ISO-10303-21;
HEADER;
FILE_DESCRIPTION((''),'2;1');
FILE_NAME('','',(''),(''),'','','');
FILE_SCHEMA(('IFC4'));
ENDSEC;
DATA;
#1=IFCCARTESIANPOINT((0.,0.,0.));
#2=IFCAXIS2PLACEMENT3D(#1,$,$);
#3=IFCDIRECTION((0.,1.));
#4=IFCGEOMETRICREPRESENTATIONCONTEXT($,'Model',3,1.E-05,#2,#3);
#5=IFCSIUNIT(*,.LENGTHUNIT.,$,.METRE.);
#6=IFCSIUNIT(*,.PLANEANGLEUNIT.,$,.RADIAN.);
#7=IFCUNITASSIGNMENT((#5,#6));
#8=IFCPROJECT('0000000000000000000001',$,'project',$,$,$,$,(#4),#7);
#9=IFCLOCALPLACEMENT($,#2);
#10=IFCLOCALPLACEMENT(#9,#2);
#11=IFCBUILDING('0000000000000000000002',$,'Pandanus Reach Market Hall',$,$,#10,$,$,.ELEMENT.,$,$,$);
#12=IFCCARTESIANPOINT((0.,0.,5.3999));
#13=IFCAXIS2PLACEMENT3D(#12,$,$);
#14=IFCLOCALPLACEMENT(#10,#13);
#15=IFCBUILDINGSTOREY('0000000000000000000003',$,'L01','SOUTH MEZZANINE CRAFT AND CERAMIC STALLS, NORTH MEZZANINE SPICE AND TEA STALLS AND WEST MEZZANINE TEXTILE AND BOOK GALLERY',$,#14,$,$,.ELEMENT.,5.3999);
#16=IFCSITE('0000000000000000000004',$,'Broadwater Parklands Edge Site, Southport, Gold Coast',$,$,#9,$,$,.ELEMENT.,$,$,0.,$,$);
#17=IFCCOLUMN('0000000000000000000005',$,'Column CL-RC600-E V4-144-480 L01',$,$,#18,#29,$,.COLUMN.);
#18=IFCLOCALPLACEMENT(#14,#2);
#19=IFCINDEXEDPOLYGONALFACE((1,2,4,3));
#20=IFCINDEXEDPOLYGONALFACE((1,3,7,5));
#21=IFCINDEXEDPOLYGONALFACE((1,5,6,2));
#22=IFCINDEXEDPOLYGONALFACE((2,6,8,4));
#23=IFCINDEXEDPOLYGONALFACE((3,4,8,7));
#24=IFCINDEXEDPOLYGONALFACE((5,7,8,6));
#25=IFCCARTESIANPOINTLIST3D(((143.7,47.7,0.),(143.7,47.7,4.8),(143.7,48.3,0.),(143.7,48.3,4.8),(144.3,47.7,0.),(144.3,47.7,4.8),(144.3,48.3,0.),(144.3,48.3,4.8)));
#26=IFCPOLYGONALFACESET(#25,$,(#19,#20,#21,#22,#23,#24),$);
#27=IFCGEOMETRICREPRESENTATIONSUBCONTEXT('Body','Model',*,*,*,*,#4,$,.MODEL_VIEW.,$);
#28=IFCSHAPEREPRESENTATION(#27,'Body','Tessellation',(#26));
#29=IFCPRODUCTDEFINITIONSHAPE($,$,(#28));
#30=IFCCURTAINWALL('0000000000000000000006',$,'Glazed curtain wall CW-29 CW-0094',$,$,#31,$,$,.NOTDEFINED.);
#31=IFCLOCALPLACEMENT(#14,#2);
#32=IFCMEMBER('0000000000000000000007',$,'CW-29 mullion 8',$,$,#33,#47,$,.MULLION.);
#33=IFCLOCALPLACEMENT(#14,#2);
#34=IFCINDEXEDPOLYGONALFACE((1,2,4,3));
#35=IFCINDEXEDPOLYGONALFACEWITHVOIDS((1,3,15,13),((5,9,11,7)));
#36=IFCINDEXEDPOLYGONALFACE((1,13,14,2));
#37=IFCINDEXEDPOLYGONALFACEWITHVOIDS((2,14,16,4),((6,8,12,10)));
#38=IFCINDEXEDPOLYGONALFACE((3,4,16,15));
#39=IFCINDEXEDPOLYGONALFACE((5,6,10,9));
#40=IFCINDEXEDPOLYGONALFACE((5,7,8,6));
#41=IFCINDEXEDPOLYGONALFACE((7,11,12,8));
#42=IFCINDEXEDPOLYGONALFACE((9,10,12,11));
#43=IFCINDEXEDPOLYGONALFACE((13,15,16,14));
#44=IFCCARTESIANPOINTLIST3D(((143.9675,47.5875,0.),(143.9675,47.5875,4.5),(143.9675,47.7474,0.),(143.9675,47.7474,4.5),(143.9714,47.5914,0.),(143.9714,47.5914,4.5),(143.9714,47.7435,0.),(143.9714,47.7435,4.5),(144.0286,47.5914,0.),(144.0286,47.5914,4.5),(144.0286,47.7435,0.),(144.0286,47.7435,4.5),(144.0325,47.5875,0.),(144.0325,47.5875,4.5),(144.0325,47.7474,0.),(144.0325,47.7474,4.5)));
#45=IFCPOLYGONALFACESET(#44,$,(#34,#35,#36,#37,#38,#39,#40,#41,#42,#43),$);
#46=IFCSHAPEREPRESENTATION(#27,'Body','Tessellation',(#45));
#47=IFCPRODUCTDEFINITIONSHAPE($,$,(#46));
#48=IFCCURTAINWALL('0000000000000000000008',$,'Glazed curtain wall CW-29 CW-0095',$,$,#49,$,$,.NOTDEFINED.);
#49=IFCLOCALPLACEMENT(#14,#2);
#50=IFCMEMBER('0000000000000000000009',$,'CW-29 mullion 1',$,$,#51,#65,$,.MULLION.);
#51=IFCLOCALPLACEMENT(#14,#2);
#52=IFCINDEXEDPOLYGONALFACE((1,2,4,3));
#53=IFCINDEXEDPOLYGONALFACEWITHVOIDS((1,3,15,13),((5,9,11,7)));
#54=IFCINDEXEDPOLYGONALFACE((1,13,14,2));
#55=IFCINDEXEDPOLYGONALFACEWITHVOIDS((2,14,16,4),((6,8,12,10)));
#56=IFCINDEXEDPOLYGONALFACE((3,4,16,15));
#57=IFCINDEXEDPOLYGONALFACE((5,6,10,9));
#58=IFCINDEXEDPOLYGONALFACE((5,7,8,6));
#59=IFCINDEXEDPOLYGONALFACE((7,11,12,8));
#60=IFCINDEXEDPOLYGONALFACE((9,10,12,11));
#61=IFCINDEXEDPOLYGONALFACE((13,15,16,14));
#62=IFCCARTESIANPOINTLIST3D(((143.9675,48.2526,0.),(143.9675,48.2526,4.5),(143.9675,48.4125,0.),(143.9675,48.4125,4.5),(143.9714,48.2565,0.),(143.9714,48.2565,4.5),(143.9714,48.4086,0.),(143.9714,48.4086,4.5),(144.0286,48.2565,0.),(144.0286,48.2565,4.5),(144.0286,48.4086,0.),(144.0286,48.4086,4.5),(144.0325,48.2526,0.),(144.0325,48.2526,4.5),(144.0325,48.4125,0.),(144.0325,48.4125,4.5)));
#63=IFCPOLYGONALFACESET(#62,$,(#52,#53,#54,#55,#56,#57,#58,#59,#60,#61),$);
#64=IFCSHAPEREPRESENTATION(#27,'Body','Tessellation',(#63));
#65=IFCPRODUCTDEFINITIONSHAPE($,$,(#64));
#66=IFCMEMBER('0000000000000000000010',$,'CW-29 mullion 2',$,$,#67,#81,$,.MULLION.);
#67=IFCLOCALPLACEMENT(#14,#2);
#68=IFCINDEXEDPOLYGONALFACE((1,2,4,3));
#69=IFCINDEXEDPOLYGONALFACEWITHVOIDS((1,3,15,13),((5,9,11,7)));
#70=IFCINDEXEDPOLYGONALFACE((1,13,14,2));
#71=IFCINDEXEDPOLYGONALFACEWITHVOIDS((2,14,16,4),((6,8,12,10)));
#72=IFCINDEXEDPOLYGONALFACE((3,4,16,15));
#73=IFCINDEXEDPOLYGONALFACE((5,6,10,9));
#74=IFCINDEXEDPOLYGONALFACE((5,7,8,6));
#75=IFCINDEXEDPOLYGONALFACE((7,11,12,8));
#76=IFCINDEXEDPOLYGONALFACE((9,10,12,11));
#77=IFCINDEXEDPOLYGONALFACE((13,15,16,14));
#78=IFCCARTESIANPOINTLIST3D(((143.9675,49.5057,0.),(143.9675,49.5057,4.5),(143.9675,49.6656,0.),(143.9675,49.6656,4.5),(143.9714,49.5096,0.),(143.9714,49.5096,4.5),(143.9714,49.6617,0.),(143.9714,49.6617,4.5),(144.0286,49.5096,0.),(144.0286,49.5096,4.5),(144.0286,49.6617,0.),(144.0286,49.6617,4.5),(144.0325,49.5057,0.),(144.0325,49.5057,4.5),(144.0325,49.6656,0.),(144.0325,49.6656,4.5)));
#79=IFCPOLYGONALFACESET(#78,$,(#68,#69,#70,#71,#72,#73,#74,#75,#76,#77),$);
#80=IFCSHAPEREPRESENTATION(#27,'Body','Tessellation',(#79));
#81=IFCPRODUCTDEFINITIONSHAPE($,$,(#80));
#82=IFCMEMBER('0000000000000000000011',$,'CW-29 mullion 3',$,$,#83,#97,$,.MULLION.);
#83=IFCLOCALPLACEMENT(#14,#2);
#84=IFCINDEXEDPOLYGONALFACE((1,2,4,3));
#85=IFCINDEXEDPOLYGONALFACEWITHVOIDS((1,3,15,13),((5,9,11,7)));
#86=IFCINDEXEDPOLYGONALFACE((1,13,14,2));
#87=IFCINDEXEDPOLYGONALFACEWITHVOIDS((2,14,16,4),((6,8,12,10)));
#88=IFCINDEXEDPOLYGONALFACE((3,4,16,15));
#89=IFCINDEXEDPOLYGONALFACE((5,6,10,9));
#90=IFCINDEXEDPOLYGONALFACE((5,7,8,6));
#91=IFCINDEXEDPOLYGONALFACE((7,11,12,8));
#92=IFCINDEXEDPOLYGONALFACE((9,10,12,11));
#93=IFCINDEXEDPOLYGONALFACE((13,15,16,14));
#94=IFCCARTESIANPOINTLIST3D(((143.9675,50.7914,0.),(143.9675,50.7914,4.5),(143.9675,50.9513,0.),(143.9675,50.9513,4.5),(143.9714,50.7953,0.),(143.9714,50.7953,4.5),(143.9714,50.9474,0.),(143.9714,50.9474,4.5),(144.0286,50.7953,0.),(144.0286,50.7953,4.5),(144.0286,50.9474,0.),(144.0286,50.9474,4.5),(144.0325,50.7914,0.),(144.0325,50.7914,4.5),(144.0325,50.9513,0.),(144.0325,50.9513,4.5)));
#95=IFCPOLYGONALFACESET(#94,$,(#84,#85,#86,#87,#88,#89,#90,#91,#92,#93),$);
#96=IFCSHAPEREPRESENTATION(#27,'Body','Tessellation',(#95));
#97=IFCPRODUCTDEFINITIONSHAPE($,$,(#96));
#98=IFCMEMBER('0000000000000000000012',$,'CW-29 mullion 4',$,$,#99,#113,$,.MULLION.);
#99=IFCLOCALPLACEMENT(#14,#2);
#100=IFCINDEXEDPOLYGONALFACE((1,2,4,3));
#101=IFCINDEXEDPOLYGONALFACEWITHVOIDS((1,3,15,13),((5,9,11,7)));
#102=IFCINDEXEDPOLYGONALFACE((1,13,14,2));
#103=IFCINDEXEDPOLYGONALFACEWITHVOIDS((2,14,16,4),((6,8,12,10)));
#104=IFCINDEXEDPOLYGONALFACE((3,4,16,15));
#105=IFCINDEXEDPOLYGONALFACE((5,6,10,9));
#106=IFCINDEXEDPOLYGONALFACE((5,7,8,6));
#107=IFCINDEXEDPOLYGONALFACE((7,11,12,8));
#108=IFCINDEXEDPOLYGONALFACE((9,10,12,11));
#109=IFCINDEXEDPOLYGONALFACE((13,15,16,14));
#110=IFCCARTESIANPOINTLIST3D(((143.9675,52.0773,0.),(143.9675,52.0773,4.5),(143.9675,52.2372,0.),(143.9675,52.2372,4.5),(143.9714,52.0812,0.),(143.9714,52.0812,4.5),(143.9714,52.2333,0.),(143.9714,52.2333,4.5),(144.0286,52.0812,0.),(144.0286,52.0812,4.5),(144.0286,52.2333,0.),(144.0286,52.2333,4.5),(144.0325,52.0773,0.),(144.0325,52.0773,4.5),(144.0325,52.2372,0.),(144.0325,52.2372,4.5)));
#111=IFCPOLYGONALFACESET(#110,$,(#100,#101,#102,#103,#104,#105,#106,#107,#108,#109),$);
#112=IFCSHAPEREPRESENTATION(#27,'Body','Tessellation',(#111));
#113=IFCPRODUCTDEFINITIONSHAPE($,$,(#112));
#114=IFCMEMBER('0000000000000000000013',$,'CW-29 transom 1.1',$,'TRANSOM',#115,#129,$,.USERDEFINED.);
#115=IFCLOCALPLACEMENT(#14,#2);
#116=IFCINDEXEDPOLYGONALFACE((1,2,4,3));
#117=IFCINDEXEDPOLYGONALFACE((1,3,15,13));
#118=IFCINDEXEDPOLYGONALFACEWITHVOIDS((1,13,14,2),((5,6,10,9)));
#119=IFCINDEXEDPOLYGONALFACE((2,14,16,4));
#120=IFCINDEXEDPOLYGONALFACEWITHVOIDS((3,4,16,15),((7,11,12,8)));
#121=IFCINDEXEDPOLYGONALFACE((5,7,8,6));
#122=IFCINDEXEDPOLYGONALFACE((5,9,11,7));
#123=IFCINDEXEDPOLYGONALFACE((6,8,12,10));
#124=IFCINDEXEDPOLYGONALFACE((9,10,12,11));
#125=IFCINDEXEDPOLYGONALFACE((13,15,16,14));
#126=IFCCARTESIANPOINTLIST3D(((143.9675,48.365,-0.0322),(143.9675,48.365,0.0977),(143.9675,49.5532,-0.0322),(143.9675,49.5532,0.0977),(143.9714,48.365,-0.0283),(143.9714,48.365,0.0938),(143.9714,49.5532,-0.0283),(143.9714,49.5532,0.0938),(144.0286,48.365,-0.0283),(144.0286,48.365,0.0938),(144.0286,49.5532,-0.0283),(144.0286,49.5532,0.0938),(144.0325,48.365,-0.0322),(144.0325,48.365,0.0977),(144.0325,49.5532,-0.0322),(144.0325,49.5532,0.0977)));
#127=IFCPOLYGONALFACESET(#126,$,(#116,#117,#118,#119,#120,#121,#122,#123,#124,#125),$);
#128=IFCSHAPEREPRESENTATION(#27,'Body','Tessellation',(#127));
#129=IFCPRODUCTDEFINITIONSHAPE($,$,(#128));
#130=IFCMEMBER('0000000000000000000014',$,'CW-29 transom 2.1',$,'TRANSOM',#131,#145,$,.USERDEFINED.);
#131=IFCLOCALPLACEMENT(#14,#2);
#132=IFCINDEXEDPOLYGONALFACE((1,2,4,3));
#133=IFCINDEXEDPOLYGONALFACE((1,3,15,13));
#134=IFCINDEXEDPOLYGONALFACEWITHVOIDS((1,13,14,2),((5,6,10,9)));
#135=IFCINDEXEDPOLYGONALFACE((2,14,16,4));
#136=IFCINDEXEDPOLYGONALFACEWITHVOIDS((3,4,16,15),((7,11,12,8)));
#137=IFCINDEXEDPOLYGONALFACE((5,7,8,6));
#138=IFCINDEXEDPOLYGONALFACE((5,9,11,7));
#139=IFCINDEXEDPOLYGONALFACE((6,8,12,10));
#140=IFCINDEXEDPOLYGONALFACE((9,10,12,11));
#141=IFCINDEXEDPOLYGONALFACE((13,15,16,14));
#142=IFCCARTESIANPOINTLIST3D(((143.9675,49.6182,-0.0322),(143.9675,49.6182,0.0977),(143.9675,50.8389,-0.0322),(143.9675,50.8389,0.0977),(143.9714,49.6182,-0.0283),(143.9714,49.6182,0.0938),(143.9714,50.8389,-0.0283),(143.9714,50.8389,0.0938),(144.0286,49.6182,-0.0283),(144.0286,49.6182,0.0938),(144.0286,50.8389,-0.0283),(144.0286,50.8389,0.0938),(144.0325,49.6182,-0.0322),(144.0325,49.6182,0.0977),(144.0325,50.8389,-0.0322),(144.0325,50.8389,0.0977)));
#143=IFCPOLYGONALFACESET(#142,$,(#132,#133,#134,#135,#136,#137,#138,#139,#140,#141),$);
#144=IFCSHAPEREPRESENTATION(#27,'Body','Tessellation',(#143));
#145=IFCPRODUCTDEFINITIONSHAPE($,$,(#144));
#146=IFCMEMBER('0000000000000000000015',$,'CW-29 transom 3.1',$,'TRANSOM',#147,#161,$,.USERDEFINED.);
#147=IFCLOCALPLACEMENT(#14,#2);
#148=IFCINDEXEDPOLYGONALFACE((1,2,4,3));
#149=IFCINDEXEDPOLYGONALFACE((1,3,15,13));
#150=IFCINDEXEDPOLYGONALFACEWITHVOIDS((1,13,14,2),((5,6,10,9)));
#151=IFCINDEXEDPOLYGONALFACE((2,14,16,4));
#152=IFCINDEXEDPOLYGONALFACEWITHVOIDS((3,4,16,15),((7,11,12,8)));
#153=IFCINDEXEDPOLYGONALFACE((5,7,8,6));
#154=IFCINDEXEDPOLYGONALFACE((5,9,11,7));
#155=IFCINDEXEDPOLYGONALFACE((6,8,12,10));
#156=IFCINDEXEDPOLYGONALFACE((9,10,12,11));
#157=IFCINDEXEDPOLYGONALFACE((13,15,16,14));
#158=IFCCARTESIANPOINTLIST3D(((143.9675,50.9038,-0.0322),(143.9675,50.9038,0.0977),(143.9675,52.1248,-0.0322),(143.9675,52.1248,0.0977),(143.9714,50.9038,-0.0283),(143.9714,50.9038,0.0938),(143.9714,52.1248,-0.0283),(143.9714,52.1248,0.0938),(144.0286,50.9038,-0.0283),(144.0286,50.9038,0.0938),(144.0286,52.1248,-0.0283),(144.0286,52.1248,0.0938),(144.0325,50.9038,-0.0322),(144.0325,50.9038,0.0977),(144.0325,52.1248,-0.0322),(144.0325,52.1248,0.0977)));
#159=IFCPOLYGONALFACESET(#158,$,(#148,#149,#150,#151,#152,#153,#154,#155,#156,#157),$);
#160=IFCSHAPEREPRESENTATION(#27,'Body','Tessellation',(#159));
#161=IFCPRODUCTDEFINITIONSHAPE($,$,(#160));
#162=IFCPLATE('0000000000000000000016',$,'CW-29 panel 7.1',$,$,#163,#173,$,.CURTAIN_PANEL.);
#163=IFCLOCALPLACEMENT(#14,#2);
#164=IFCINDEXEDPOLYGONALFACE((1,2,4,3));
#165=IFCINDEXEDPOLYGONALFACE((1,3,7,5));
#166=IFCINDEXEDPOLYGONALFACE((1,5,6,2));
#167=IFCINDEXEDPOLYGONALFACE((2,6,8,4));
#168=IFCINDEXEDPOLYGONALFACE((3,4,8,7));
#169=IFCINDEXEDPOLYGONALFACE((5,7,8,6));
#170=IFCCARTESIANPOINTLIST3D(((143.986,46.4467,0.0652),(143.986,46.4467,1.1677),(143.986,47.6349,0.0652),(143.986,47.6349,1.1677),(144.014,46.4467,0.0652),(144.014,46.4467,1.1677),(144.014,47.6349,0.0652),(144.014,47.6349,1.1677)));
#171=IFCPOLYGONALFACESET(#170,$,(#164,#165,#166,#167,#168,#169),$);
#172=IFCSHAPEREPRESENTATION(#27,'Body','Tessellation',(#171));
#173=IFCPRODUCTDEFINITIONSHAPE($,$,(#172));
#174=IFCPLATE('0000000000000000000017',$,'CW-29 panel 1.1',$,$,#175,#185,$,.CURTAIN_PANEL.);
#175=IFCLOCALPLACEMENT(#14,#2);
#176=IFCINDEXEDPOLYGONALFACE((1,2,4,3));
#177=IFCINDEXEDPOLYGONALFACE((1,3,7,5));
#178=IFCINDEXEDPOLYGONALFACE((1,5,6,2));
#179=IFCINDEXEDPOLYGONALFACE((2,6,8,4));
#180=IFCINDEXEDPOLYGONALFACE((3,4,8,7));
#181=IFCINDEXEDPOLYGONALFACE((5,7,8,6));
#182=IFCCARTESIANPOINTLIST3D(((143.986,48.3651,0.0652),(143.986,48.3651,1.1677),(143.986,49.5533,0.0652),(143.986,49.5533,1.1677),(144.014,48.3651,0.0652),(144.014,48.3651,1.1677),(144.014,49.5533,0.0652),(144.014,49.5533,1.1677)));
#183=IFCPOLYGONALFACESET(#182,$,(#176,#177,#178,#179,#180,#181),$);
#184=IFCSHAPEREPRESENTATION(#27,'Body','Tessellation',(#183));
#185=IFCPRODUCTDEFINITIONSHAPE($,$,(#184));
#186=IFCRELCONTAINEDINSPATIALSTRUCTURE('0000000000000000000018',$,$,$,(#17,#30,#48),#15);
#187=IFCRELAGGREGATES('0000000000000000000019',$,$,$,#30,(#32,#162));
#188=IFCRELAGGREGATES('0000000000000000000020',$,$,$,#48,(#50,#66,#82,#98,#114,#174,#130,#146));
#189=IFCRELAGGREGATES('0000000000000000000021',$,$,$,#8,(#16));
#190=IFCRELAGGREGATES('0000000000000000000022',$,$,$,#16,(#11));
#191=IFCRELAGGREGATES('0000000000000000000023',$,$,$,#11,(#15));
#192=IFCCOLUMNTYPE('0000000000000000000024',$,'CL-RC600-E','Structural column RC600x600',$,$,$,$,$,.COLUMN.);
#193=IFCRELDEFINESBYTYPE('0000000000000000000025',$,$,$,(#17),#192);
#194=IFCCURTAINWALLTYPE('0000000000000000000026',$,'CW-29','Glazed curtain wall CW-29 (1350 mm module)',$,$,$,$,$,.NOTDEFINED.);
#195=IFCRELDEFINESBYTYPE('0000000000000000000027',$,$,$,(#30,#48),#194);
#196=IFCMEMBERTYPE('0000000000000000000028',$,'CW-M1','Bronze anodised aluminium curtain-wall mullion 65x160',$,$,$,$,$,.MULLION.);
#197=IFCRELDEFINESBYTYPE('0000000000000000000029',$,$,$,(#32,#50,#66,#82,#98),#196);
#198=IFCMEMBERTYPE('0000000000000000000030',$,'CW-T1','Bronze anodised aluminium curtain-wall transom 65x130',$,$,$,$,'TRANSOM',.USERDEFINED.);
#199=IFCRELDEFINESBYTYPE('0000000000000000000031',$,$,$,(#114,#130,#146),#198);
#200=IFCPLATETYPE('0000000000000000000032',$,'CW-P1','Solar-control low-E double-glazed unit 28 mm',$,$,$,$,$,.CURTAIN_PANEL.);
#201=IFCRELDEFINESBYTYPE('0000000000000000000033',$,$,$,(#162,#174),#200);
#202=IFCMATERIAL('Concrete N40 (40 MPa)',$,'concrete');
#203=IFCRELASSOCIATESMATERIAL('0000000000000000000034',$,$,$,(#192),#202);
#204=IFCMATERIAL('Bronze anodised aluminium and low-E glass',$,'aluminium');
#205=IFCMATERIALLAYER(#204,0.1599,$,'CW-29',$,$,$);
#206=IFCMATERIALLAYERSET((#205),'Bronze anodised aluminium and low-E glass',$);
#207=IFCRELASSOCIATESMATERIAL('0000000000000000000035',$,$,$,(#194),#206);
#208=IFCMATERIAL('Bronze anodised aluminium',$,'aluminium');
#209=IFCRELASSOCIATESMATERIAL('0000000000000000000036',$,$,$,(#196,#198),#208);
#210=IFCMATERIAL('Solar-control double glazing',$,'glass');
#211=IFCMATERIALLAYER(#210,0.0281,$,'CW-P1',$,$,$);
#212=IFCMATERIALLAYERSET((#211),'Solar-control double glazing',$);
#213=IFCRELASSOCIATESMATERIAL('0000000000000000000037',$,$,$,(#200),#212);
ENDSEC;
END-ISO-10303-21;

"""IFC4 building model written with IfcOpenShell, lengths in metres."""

from ifc_helpers import new_model, si_unit, direction, frame, origin, origin_2d, place, context, subcontext, project, spatial, rectangle, hollow_rectangle, extrude, material, layer, layer_set, material_profile, profile_set, type_object, element, aggregate, save


model = new_model("IFC4")

# Units and contexts
model_context = context("Model", 3, precision=1e-05, world=origin(), true_north=direction((0.0, 1.0)))
body_context = subcontext(model_context, "Body", "Model", "MODEL_VIEW")
ifc_project = project(units=[si_unit("LENGTHUNIT", "METRE"), si_unit("PLANEANGLEUNIT", "RADIAN")], contexts=[model_context])

# Site, building, storey
site_placement = place(None, origin())
site = spatial("IfcSite", under=ifc_project, at=site_placement, Name="Broadwater Parklands Edge Site, Southport, Gold Coast", CompositionType="ELEMENT", RefElevation=0.0)
building_placement = place(site_placement, origin())
building = spatial("IfcBuilding", under=site, at=building_placement, Name="Pandanus Reach Market Hall", CompositionType="ELEMENT")
storey_placement = place(building_placement, frame((0.0, 0.0, 5.3999)))
storey = spatial("IfcBuildingStorey", under=building, at=storey_placement, Name="L01", Description="SOUTH MEZZANINE CRAFT AND CERAMIC STALLS, NORTH MEZZANINE SPICE AND TEA STALLS AND WEST MEZZANINE TEXTILE AND BOOK GALLERY", CompositionType="ELEMENT", Elevation=5.3999)

# Column
ifc_material_1 = material(Name="Concrete N40 (40 MPa)", Category="concrete")
ifc_material_profile_1 = material_profile(ifc_material_1, rectangle(XDim=0.6001, YDim=0.6001, at=origin_2d()), Name="RC600x600", Category="LoadBearing")
ifc_profile_set_1 = profile_set([ifc_material_profile_1], Name="Concrete N40 (40 MPa)")
column_type = type_object("IfcColumnType", Name="CL-RC600-E", Description="Structural column RC600x600", PredefinedType="COLUMN", material=ifc_profile_set_1)
column_placement = place(storey_placement, frame((144.0, 48.0, 0.0), z_axis=(0.0, 0.0, 1.0), x_axis=(1.0, 0.0, 0.0)))
element("IfcColumn", 1, at=column_placement, inside=storey, type_object=column_type, Name="Column CL-RC600-E V4-144-480 L01", PredefinedType="COLUMN", context=body_context, shape_type="SweptSolid", body=[
    extrude(rectangle(XDim=0.6001, YDim=0.6001, at=origin_2d()), origin(), (0.0, 0.0, 1.0), 4.8),
])

# Curtain wall, member
ifc_material_2 = material(Name="Bronze anodised aluminium and low-E glass", Category="aluminium")
ifc_layer_1 = layer(ifc_material_2, 0.1599, Name="CW-29")
ifc_layer_set_1 = layer_set([ifc_layer_1], Name="Bronze anodised aluminium and low-E glass")
curtain_wall_type = type_object("IfcCurtainWallType", Name="CW-29", Description="Glazed curtain wall CW-29 (1350 mm module)", PredefinedType="NOTDEFINED", material=ifc_layer_set_1)
curtain_wall_1_placement = place(storey_placement, origin())
curtain_wall_1 = element("IfcCurtainWall", 2, at=curtain_wall_1_placement, inside=storey, type_object=curtain_wall_type, Name="Glazed curtain wall CW-29 CW-0094", PredefinedType="NOTDEFINED")
ifc_material_3 = material(Name="Bronze anodised aluminium", Category="aluminium")
ifc_material_profile_2 = material_profile(ifc_material_3, hollow_rectangle(XDim=0.0649, YDim=0.1599, WallThickness=0.0039, at=origin_2d()), Name="ALU65x160", Category="LoadBearing")
ifc_profile_set_2 = profile_set([ifc_material_profile_2], Name="Bronze anodised aluminium")
member_type_1 = type_object("IfcMemberType", Name="CW-M1", Description="Bronze anodised aluminium curtain-wall mullion 65x160", PredefinedType="MULLION", material=ifc_profile_set_2)
member_1_placement = place(storey_placement, frame((144.0, 47.6675, 0.0), z_axis=(0.0, 0.0, 1.0), x_axis=(-1.0, 0.0, 0.0)))
member_1 = element("IfcMember", 3, at=member_1_placement, type_object=member_type_1, Name="CW-29 mullion 8", PredefinedType="MULLION", context=body_context, shape_type="SweptSolid", body=[
    extrude(hollow_rectangle(XDim=0.0649, YDim=0.1599, WallThickness=0.0039, at=origin_2d()), origin(), (0.0, 0.0, 1.0), 4.5),
])

# Curtain wall, members
curtain_wall_2_placement = place(storey_placement, origin())
curtain_wall_2 = element("IfcCurtainWall", 4, at=curtain_wall_2_placement, inside=storey, type_object=curtain_wall_type, Name="Glazed curtain wall CW-29 CW-0095", PredefinedType="NOTDEFINED")
member_2_placement = place(storey_placement, frame((144.0, 48.3325, 0.0), z_axis=(0.0, 0.0, 1.0), x_axis=(-1.0, 0.0, 0.0)))
member_2 = element("IfcMember", 5, at=member_2_placement, type_object=member_type_1, Name="CW-29 mullion 1", PredefinedType="MULLION", context=body_context, shape_type="SweptSolid", body=[
    extrude(hollow_rectangle(XDim=0.0649, YDim=0.1599, WallThickness=0.0039, at=origin_2d()), origin(), (0.0, 0.0, 1.0), 4.5),
])
member_3_placement = place(storey_placement, frame((144.0, 49.5857, 0.0), z_axis=(0.0, 0.0, 1.0), x_axis=(-1.0, 0.0, 0.0)))
member_3 = element("IfcMember", 6, at=member_3_placement, type_object=member_type_1, Name="CW-29 mullion 2", PredefinedType="MULLION", context=body_context, shape_type="SweptSolid", body=[
    extrude(hollow_rectangle(XDim=0.0649, YDim=0.1599, WallThickness=0.0039, at=origin_2d()), origin(), (0.0, 0.0, 1.0), 4.5),
])
member_4_placement = place(storey_placement, frame((144.0, 50.8713, 0.0), z_axis=(0.0, 0.0, 1.0), x_axis=(-1.0, 0.0, 0.0)))
member_4 = element("IfcMember", 7, at=member_4_placement, type_object=member_type_1, Name="CW-29 mullion 3", PredefinedType="MULLION", context=body_context, shape_type="SweptSolid", body=[
    extrude(hollow_rectangle(XDim=0.0649, YDim=0.1599, WallThickness=0.0039, at=origin_2d()), origin(), (0.0, 0.0, 1.0), 4.5),
])
member_5_placement = place(storey_placement, frame((144.0, 52.1572, 0.0), z_axis=(0.0, 0.0, 1.0), x_axis=(-1.0, 0.0, 0.0)))
member_5 = element("IfcMember", 8, at=member_5_placement, type_object=member_type_1, Name="CW-29 mullion 4", PredefinedType="MULLION", context=body_context, shape_type="SweptSolid", body=[
    extrude(hollow_rectangle(XDim=0.0649, YDim=0.1599, WallThickness=0.0039, at=origin_2d()), origin(), (0.0, 0.0, 1.0), 4.5),
])
ifc_material_profile_3 = material_profile(ifc_material_3, hollow_rectangle(XDim=0.0649, YDim=0.1299, WallThickness=0.0039, at=origin_2d()), Name="ALU65x130", Category="LoadBearing")
ifc_profile_set_3 = profile_set([ifc_material_profile_3], Name="Bronze anodised aluminium")
member_type_2 = type_object("IfcMemberType", Name="CW-T1", Description="Bronze anodised aluminium curtain-wall transom 65x130", ElementType="TRANSOM", PredefinedType="USERDEFINED", material=ifc_profile_set_3)
member_6_placement = place(storey_placement, frame((144.0, 48.365, 0.0327), z_axis=(0.0, 1.0, 0.0), x_axis=(-1.0, 0.0, 0.0)))
member_6 = element("IfcMember", 9, at=member_6_placement, type_object=member_type_2, Name="CW-29 transom 1.1", ObjectType="TRANSOM", PredefinedType="USERDEFINED", context=body_context, shape_type="SweptSolid", body=[
    extrude(hollow_rectangle(XDim=0.0649, YDim=0.1299, WallThickness=0.0039, at=origin_2d()), origin(), (0.0, 0.0, 1.0), 1.1882),
])
member_7_placement = place(storey_placement, frame((144.0, 49.6182, 0.0327), z_axis=(0.0, 1.0, 0.0), x_axis=(-1.0, 0.0, 0.0)))
member_7 = element("IfcMember", 10, at=member_7_placement, type_object=member_type_2, Name="CW-29 transom 2.1", ObjectType="TRANSOM", PredefinedType="USERDEFINED", context=body_context, shape_type="SweptSolid", body=[
    extrude(hollow_rectangle(XDim=0.0649, YDim=0.1299, WallThickness=0.0039, at=origin_2d()), origin(), (0.0, 0.0, 1.0), 1.2207),
])
member_8_placement = place(storey_placement, frame((144.0, 50.9038, 0.0327), z_axis=(0.0, 1.0, 0.0), x_axis=(-1.0, 0.0, 0.0)))
member_8 = element("IfcMember", 11, at=member_8_placement, type_object=member_type_2, Name="CW-29 transom 3.1", ObjectType="TRANSOM", PredefinedType="USERDEFINED", context=body_context, shape_type="SweptSolid", body=[
    extrude(hollow_rectangle(XDim=0.0649, YDim=0.1299, WallThickness=0.0039, at=origin_2d()), origin(), (0.0, 0.0, 1.0), 1.2209),
])

# Plates
ifc_material_4 = material(Name="Solar-control double glazing", Category="glass")
ifc_layer_2 = layer(ifc_material_4, 0.0281, Name="CW-P1")
ifc_layer_set_2 = layer_set([ifc_layer_2], Name="Solar-control double glazing")
plate_type = type_object("IfcPlateType", Name="CW-P1", Description="Solar-control low-E double-glazed unit 28 mm", PredefinedType="CURTAIN_PANEL", material=ifc_layer_set_2)
plate_1_placement = place(storey_placement, frame((144.0, 47.0408, 0.0652), z_axis=(0.0, 0.0, 1.0), x_axis=(0.0, 1.0, 0.0)))
plate_1 = element("IfcPlate", 12, at=plate_1_placement, type_object=plate_type, Name="CW-29 panel 7.1", PredefinedType="CURTAIN_PANEL", context=body_context, shape_type="SweptSolid", body=[
    extrude(rectangle(XDim=1.1882, YDim=0.0281, at=origin_2d()), origin(), (0.0, 0.0, 1.0), 1.1025),
])
aggregate(curtain_wall_1, [member_1, plate_1])
plate_2_placement = place(storey_placement, frame((144.0, 48.9592, 0.0652), z_axis=(0.0, 0.0, 1.0), x_axis=(0.0, 1.0, 0.0)))
plate_2 = element("IfcPlate", 13, at=plate_2_placement, type_object=plate_type, Name="CW-29 panel 1.1", PredefinedType="CURTAIN_PANEL", context=body_context, shape_type="SweptSolid", body=[
    extrude(rectangle(XDim=1.1882, YDim=0.0281, at=origin_2d()), origin(), (0.0, 0.0, 1.0), 1.1025),
])
aggregate(curtain_wall_2, [member_2, member_3, member_4, member_5, member_6, plate_2, member_7, member_8])

save(model, "model.ifc")
